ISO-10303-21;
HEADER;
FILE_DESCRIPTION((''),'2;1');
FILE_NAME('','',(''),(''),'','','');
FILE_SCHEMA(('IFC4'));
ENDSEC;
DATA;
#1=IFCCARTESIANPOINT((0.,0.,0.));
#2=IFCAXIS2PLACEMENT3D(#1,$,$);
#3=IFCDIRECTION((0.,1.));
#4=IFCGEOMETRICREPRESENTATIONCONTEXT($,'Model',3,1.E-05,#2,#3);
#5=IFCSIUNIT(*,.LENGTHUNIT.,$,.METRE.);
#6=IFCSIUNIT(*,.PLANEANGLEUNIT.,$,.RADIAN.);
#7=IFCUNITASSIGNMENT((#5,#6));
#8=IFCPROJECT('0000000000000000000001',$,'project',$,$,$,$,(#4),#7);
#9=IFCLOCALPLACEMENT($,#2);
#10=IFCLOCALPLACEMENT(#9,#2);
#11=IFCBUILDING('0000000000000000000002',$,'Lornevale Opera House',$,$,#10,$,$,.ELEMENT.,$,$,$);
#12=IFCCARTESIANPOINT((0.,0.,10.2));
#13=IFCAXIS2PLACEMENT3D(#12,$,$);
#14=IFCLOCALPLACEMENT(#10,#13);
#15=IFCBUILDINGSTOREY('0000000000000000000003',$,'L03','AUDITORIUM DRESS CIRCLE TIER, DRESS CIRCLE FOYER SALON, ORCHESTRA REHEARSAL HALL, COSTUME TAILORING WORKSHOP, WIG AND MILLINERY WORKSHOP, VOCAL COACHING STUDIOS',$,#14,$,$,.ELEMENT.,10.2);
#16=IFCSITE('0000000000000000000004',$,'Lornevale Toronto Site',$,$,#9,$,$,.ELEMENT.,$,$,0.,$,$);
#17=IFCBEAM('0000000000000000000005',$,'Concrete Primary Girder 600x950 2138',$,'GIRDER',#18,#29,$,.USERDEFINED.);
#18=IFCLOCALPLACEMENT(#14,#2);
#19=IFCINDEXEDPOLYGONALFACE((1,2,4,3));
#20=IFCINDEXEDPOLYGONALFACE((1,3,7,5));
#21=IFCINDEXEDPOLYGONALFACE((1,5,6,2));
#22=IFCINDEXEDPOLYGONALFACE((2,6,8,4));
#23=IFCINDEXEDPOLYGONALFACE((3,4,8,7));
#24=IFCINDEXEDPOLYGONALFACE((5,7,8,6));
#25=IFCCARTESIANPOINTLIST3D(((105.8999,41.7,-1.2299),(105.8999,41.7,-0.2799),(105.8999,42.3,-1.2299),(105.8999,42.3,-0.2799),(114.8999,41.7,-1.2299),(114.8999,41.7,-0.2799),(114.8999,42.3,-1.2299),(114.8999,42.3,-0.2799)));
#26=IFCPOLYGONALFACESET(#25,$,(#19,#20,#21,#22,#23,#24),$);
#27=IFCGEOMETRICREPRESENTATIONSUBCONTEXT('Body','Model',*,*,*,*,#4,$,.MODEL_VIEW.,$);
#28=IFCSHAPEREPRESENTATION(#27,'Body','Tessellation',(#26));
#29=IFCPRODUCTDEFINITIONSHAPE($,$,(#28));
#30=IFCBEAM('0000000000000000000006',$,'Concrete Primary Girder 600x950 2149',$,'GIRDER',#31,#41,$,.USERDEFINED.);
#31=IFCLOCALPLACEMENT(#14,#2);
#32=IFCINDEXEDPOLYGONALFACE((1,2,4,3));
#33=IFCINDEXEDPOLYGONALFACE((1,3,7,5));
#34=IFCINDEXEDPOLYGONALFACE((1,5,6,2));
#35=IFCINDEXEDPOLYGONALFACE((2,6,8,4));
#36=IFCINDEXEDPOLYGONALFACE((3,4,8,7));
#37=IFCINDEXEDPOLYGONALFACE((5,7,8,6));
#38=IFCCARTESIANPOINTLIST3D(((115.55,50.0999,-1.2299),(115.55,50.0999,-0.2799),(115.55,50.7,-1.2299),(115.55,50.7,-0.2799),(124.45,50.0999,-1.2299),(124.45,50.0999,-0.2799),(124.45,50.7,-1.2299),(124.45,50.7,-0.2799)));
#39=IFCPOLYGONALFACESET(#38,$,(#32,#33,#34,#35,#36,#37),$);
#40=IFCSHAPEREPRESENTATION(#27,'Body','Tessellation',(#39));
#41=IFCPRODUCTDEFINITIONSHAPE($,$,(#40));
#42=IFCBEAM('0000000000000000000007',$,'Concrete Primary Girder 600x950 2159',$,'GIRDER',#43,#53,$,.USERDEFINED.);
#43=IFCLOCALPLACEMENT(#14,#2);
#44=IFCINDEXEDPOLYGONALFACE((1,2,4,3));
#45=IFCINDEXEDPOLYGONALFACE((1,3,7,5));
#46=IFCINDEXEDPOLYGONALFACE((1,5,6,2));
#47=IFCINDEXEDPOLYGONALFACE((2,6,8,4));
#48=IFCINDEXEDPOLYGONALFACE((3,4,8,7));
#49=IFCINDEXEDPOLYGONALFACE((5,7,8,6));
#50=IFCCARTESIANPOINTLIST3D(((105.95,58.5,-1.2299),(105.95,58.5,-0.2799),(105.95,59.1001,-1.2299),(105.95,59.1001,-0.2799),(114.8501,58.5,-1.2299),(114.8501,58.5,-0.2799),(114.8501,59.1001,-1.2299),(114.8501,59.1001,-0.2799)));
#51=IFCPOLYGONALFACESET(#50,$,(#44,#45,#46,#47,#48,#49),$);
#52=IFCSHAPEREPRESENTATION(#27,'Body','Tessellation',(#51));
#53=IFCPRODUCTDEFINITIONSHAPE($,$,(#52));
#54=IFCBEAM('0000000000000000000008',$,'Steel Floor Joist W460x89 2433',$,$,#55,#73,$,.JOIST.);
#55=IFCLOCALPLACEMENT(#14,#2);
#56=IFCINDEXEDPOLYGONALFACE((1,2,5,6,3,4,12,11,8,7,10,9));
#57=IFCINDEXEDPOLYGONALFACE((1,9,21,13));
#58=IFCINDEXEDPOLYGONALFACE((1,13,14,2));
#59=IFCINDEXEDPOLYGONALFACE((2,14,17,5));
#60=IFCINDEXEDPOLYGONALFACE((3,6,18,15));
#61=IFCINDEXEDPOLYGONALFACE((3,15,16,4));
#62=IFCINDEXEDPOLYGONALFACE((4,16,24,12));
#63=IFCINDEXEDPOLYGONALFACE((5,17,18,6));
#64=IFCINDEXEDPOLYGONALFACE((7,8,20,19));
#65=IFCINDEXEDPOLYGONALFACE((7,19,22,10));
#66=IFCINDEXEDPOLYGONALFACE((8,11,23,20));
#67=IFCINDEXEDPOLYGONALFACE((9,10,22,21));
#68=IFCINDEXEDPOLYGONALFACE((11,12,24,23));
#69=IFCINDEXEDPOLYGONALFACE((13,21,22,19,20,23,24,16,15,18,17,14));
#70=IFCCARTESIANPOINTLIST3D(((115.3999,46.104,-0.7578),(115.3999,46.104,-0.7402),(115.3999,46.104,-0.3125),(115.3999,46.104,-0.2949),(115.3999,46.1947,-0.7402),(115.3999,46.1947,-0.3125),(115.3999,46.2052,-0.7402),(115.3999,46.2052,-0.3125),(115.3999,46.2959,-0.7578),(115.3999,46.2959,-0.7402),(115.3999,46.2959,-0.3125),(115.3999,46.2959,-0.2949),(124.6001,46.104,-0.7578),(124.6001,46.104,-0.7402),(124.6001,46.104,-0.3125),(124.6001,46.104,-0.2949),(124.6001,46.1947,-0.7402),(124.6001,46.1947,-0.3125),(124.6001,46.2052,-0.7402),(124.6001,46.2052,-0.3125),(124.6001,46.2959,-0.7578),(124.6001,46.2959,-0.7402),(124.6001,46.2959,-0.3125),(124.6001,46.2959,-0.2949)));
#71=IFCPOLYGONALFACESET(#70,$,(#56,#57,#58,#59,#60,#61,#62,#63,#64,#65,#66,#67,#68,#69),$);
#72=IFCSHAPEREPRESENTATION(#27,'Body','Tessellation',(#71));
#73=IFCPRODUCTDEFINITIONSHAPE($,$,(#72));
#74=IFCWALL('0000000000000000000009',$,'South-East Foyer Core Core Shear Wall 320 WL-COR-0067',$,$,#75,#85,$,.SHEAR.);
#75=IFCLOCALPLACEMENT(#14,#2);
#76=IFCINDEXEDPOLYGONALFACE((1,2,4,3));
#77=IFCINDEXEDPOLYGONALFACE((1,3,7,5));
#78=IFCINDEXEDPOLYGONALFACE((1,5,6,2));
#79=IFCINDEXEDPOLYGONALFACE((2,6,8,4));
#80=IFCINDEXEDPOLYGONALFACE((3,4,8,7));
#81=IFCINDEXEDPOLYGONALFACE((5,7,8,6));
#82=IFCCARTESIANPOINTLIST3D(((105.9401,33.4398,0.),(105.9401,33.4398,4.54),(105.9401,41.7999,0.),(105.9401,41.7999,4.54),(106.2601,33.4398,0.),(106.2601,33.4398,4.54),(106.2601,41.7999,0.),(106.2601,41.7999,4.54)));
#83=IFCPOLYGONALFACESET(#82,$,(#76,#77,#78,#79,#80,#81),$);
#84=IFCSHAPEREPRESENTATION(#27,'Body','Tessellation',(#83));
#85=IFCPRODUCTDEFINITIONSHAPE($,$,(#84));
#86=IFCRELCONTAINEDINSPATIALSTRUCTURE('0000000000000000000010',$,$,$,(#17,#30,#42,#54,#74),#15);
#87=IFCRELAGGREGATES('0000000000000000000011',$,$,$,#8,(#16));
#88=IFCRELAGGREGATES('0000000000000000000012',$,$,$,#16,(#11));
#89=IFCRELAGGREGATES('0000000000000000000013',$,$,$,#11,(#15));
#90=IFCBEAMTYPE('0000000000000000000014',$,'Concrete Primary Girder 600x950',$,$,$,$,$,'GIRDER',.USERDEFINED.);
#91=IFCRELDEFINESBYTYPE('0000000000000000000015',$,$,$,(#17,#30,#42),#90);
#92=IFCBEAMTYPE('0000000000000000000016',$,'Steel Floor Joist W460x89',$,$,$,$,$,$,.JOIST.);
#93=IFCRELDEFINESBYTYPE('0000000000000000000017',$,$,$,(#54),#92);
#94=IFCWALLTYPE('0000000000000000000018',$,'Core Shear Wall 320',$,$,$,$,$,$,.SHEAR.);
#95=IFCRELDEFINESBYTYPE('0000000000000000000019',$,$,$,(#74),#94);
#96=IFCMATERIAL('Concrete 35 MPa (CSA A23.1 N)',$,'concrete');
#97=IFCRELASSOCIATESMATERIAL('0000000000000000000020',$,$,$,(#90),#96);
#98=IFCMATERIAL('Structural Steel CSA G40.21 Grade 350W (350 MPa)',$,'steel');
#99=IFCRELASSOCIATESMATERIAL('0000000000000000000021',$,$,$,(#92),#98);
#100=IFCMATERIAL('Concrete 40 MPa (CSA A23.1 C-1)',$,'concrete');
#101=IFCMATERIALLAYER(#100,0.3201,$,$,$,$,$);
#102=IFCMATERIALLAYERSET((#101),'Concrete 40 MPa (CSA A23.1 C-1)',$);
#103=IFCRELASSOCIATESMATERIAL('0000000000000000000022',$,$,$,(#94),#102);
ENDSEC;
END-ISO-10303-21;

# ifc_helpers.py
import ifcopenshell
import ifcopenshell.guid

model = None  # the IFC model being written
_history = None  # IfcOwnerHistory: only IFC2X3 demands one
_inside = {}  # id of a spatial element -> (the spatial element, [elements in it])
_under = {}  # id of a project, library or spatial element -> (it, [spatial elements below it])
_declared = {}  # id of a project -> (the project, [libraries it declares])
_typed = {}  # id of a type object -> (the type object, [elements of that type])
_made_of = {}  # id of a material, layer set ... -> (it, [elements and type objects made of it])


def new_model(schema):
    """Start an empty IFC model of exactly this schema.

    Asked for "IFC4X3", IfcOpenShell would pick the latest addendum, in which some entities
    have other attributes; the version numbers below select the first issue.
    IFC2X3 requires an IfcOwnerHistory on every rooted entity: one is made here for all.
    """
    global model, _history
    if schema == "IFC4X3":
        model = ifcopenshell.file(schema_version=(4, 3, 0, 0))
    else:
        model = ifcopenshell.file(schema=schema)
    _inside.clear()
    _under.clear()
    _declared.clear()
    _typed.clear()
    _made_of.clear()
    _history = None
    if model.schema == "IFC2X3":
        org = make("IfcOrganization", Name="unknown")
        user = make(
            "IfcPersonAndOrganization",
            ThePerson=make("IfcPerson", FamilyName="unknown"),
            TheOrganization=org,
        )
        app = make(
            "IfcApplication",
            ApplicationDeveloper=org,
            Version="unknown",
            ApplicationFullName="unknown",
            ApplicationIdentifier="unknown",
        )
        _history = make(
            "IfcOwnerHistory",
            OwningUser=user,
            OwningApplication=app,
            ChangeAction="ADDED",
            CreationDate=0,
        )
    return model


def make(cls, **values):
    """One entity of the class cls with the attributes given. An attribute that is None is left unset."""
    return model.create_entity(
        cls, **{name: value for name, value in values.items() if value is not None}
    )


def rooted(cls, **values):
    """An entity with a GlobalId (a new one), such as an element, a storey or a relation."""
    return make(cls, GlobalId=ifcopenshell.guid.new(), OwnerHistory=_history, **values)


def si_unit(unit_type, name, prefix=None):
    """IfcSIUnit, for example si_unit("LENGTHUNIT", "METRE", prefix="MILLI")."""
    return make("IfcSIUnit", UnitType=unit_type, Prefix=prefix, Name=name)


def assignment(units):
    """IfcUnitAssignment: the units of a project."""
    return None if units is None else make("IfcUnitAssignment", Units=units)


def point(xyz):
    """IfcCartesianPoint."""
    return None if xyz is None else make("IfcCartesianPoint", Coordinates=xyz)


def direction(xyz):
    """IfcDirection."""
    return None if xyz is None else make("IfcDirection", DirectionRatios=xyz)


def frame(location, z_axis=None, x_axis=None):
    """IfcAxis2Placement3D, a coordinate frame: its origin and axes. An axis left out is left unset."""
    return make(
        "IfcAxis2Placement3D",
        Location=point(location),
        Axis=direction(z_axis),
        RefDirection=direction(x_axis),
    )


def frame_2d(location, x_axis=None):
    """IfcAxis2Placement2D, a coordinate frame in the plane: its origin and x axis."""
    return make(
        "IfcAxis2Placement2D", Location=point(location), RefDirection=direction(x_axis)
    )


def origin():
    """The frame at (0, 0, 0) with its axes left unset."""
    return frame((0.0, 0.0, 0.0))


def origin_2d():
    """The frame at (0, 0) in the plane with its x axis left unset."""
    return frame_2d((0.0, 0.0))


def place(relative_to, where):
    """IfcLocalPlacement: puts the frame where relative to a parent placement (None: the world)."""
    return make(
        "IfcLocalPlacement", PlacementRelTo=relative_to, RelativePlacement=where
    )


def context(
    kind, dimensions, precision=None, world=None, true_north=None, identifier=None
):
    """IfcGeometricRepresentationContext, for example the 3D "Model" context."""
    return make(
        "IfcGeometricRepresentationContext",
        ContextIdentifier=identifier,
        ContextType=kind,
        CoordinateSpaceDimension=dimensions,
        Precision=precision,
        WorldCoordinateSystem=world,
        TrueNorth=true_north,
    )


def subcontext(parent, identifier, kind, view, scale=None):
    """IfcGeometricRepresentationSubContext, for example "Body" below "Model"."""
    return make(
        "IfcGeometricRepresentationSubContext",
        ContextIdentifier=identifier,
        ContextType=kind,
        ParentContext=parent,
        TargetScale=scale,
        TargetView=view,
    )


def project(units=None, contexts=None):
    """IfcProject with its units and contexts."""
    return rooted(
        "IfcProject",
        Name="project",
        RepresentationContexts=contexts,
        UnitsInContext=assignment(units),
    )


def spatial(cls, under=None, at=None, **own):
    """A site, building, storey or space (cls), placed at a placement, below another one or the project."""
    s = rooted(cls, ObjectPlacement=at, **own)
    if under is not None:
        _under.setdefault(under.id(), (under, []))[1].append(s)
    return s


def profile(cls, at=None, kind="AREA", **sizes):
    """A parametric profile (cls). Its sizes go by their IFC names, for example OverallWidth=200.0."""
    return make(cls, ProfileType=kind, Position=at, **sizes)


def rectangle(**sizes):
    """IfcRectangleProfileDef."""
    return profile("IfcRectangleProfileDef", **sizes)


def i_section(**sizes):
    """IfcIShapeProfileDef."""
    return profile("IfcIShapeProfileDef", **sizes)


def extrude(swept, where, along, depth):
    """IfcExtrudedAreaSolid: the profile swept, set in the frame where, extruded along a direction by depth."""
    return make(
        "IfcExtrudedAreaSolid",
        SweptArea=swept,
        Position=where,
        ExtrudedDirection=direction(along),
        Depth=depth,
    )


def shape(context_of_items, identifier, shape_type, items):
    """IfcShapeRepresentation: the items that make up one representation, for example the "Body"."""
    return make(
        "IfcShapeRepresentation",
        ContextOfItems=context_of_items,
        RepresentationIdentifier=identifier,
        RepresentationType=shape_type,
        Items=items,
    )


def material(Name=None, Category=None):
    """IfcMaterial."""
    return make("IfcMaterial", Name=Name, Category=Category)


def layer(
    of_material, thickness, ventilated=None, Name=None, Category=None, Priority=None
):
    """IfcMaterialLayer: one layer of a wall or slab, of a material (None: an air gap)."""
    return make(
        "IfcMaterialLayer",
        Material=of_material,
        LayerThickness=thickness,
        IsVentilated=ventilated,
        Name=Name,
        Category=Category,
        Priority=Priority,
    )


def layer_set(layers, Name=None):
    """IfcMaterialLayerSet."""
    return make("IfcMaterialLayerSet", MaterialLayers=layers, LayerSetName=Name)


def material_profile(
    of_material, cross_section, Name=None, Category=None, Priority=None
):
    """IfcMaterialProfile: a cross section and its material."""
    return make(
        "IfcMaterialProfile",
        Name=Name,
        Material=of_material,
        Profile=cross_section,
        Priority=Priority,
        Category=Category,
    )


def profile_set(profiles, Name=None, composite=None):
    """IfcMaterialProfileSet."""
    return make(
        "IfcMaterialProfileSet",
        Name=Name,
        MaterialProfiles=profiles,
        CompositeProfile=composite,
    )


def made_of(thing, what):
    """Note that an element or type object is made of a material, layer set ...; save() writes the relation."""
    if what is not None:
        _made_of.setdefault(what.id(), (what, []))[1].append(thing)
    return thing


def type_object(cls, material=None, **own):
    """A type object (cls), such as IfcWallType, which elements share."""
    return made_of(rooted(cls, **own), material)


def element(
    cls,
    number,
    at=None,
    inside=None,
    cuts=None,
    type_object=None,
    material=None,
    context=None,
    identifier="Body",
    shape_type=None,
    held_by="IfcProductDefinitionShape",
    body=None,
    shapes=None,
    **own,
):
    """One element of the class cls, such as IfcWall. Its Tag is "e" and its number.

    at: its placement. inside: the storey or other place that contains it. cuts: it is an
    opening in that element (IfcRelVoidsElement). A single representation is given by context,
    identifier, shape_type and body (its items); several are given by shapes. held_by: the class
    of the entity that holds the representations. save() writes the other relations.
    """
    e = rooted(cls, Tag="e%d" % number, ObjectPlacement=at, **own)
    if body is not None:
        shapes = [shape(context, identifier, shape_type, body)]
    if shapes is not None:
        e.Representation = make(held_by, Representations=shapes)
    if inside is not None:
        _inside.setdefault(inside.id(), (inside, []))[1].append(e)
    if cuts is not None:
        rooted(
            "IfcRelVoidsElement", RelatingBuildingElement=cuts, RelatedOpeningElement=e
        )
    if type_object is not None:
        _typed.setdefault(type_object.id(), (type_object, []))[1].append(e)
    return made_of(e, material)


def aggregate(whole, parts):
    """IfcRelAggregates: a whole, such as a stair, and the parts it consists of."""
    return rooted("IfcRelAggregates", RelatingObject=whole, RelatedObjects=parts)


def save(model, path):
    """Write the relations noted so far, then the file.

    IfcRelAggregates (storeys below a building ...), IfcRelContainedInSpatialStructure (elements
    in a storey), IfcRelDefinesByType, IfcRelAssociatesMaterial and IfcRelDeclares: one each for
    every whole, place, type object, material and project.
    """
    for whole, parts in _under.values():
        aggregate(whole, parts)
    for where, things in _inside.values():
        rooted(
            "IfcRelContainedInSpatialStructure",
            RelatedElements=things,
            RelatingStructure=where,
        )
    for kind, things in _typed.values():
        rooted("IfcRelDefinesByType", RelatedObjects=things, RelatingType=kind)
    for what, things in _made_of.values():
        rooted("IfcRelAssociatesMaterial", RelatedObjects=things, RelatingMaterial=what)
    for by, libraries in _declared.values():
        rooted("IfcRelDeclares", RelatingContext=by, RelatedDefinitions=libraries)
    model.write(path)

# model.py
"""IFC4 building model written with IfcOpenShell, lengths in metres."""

from ifc_helpers import new_model, si_unit, direction, frame, frame_2d, origin, origin_2d, place, context, subcontext, project, spatial, rectangle, i_section, extrude, material, layer, layer_set, material_profile, profile_set, type_object, element, save


model = new_model("IFC4")

# Units and contexts
model_context = context("Model", 3, precision=1e-05, world=origin(), true_north=direction((0.0, 1.0)))
body_context = subcontext(model_context, "Body", "Model", "MODEL_VIEW")
ifc_project = project(units=[si_unit("LENGTHUNIT", "METRE"), si_unit("PLANEANGLEUNIT", "RADIAN")], contexts=[model_context])

# Site, building, storey
site_placement = place(None, origin())
site = spatial("IfcSite", under=ifc_project, at=site_placement, Name="Lornevale Toronto Site", CompositionType="ELEMENT", RefElevation=0.0)
building_placement = place(site_placement, origin())
building = spatial("IfcBuilding", under=site, at=building_placement, Name="Lornevale Opera House", CompositionType="ELEMENT")
storey_placement = place(building_placement, frame((0.0, 0.0, 10.2)))
storey = spatial("IfcBuildingStorey", under=building, at=storey_placement, Name="L03", Description="AUDITORIUM DRESS CIRCLE TIER, DRESS CIRCLE FOYER SALON, ORCHESTRA REHEARSAL HALL, COSTUME TAILORING WORKSHOP, WIG AND MILLINERY WORKSHOP, VOCAL COACHING STUDIOS", CompositionType="ELEMENT", Elevation=10.2)

# Shared definitions
ifc_material_1 = material(Name="Concrete 40 MPa (CSA A23.1 C-1)", Category="concrete")

# Beams
ifc_material_2 = material(Name="Concrete 35 MPa (CSA A23.1 N)", Category="concrete")
ifc_material_profile_1 = material_profile(ifc_material_2, rectangle(XDim=0.6001, YDim=0.95, at=origin_2d()), Name="RC600x950")
ifc_profile_set_1 = profile_set([ifc_material_profile_1], Name="Concrete 35 MPa (CSA A23.1 N)")
beam_type_1 = type_object("IfcBeamType", Name="Concrete Primary Girder 600x950", ElementType="GIRDER", PredefinedType="USERDEFINED", material=ifc_profile_set_1)
beam_1_placement = place(storey_placement, frame((105.8999, 42.0, -0.7549), z_axis=(1.0, 0.0, 0.0), x_axis=(0.0, 1.0, 0.0)))
element("IfcBeam", 1, at=beam_1_placement, inside=storey, type_object=beam_type_1, Name="Concrete Primary Girder 600x950 2138", ObjectType="GIRDER", PredefinedType="USERDEFINED", context=body_context, shape_type="SweptSolid", body=[
    extrude(rectangle(XDim=0.6001, YDim=0.95, at=origin_2d()), origin(), (0.0, 0.0, 1.0), 9.0),
])
beam_2_placement = place(storey_placement, frame((115.55, 50.3999, -0.7549), z_axis=(1.0, 0.0, 0.0), x_axis=(0.0, 1.0, 0.0)))
element("IfcBeam", 2, at=beam_2_placement, inside=storey, type_object=beam_type_1, Name="Concrete Primary Girder 600x950 2149", ObjectType="GIRDER", PredefinedType="USERDEFINED", context=body_context, shape_type="SweptSolid", body=[
    extrude(rectangle(XDim=0.6001, YDim=0.95, at=origin_2d()), origin(), (0.0, 0.0, 1.0), 8.8999),
])
beam_3_placement = place(storey_placement, frame((105.95, 58.8, -0.7549), z_axis=(1.0, 0.0, 0.0), x_axis=(0.0, 1.0, 0.0)))
element("IfcBeam", 3, at=beam_3_placement, inside=storey, type_object=beam_type_1, Name="Concrete Primary Girder 600x950 2159", ObjectType="GIRDER", PredefinedType="USERDEFINED", context=body_context, shape_type="SweptSolid", body=[
    extrude(rectangle(XDim=0.6001, YDim=0.95, at=origin_2d()), origin(), (0.0, 0.0, 1.0), 8.9001),
])
ifc_material_3 = material(Name="Structural Steel CSA G40.21 Grade 350W (350 MPa)", Category="steel")
ifc_material_profile_2 = material_profile(ifc_material_3, i_section(OverallWidth=0.1919, OverallDepth=0.4629, WebThickness=0.0105, FlangeThickness=0.0176, at=origin_2d()), Name="W460x89")
ifc_profile_set_2 = profile_set([ifc_material_profile_2], Name="Structural Steel CSA G40.21 Grade 350W (350 MPa)")
beam_type_2 = type_object("IfcBeamType", Name="Steel Floor Joist W460x89", PredefinedType="JOIST", material=ifc_profile_set_2)
beam_4_placement = place(storey_placement, frame((115.3999, 46.2, -0.5264), z_axis=(1.0, 0.0, 0.0), x_axis=(0.0, 1.0, 0.0)))
element("IfcBeam", 4, at=beam_4_placement, inside=storey, type_object=beam_type_2, Name="Steel Floor Joist W460x89 2433", PredefinedType="JOIST", context=body_context, shape_type="SweptSolid", body=[
    extrude(i_section(OverallWidth=0.1919, OverallDepth=0.4629, WebThickness=0.0105, FlangeThickness=0.0176, at=origin_2d()), origin(), (0.0, 0.0, 1.0), 9.2002),
])

# Wall
ifc_layer = layer(ifc_material_1, 0.3201)
ifc_layer_set = layer_set([ifc_layer], Name="Concrete 40 MPa (CSA A23.1 C-1)")
wall_type = type_object("IfcWallType", Name="Core Shear Wall 320", PredefinedType="SHEAR", material=ifc_layer_set)
wall_placement = place(storey_placement, frame((106.1001, 41.8, 0.0), z_axis=(0.0, 0.0, 1.0), x_axis=(0.0, -1.0, 0.0)))
element("IfcWall", 5, at=wall_placement, inside=storey, type_object=wall_type, Name="South-East Foyer Core Core Shear Wall 320 WL-COR-0067", PredefinedType="SHEAR", context=body_context, shape_type="SweptSolid", body=[
    extrude(rectangle(XDim=8.3601, YDim=0.3201, at=frame_2d((4.1802, 0.0))), origin(), (0.0, 0.0, 1.0), 4.54),
])

save(model, "model.ifc")
